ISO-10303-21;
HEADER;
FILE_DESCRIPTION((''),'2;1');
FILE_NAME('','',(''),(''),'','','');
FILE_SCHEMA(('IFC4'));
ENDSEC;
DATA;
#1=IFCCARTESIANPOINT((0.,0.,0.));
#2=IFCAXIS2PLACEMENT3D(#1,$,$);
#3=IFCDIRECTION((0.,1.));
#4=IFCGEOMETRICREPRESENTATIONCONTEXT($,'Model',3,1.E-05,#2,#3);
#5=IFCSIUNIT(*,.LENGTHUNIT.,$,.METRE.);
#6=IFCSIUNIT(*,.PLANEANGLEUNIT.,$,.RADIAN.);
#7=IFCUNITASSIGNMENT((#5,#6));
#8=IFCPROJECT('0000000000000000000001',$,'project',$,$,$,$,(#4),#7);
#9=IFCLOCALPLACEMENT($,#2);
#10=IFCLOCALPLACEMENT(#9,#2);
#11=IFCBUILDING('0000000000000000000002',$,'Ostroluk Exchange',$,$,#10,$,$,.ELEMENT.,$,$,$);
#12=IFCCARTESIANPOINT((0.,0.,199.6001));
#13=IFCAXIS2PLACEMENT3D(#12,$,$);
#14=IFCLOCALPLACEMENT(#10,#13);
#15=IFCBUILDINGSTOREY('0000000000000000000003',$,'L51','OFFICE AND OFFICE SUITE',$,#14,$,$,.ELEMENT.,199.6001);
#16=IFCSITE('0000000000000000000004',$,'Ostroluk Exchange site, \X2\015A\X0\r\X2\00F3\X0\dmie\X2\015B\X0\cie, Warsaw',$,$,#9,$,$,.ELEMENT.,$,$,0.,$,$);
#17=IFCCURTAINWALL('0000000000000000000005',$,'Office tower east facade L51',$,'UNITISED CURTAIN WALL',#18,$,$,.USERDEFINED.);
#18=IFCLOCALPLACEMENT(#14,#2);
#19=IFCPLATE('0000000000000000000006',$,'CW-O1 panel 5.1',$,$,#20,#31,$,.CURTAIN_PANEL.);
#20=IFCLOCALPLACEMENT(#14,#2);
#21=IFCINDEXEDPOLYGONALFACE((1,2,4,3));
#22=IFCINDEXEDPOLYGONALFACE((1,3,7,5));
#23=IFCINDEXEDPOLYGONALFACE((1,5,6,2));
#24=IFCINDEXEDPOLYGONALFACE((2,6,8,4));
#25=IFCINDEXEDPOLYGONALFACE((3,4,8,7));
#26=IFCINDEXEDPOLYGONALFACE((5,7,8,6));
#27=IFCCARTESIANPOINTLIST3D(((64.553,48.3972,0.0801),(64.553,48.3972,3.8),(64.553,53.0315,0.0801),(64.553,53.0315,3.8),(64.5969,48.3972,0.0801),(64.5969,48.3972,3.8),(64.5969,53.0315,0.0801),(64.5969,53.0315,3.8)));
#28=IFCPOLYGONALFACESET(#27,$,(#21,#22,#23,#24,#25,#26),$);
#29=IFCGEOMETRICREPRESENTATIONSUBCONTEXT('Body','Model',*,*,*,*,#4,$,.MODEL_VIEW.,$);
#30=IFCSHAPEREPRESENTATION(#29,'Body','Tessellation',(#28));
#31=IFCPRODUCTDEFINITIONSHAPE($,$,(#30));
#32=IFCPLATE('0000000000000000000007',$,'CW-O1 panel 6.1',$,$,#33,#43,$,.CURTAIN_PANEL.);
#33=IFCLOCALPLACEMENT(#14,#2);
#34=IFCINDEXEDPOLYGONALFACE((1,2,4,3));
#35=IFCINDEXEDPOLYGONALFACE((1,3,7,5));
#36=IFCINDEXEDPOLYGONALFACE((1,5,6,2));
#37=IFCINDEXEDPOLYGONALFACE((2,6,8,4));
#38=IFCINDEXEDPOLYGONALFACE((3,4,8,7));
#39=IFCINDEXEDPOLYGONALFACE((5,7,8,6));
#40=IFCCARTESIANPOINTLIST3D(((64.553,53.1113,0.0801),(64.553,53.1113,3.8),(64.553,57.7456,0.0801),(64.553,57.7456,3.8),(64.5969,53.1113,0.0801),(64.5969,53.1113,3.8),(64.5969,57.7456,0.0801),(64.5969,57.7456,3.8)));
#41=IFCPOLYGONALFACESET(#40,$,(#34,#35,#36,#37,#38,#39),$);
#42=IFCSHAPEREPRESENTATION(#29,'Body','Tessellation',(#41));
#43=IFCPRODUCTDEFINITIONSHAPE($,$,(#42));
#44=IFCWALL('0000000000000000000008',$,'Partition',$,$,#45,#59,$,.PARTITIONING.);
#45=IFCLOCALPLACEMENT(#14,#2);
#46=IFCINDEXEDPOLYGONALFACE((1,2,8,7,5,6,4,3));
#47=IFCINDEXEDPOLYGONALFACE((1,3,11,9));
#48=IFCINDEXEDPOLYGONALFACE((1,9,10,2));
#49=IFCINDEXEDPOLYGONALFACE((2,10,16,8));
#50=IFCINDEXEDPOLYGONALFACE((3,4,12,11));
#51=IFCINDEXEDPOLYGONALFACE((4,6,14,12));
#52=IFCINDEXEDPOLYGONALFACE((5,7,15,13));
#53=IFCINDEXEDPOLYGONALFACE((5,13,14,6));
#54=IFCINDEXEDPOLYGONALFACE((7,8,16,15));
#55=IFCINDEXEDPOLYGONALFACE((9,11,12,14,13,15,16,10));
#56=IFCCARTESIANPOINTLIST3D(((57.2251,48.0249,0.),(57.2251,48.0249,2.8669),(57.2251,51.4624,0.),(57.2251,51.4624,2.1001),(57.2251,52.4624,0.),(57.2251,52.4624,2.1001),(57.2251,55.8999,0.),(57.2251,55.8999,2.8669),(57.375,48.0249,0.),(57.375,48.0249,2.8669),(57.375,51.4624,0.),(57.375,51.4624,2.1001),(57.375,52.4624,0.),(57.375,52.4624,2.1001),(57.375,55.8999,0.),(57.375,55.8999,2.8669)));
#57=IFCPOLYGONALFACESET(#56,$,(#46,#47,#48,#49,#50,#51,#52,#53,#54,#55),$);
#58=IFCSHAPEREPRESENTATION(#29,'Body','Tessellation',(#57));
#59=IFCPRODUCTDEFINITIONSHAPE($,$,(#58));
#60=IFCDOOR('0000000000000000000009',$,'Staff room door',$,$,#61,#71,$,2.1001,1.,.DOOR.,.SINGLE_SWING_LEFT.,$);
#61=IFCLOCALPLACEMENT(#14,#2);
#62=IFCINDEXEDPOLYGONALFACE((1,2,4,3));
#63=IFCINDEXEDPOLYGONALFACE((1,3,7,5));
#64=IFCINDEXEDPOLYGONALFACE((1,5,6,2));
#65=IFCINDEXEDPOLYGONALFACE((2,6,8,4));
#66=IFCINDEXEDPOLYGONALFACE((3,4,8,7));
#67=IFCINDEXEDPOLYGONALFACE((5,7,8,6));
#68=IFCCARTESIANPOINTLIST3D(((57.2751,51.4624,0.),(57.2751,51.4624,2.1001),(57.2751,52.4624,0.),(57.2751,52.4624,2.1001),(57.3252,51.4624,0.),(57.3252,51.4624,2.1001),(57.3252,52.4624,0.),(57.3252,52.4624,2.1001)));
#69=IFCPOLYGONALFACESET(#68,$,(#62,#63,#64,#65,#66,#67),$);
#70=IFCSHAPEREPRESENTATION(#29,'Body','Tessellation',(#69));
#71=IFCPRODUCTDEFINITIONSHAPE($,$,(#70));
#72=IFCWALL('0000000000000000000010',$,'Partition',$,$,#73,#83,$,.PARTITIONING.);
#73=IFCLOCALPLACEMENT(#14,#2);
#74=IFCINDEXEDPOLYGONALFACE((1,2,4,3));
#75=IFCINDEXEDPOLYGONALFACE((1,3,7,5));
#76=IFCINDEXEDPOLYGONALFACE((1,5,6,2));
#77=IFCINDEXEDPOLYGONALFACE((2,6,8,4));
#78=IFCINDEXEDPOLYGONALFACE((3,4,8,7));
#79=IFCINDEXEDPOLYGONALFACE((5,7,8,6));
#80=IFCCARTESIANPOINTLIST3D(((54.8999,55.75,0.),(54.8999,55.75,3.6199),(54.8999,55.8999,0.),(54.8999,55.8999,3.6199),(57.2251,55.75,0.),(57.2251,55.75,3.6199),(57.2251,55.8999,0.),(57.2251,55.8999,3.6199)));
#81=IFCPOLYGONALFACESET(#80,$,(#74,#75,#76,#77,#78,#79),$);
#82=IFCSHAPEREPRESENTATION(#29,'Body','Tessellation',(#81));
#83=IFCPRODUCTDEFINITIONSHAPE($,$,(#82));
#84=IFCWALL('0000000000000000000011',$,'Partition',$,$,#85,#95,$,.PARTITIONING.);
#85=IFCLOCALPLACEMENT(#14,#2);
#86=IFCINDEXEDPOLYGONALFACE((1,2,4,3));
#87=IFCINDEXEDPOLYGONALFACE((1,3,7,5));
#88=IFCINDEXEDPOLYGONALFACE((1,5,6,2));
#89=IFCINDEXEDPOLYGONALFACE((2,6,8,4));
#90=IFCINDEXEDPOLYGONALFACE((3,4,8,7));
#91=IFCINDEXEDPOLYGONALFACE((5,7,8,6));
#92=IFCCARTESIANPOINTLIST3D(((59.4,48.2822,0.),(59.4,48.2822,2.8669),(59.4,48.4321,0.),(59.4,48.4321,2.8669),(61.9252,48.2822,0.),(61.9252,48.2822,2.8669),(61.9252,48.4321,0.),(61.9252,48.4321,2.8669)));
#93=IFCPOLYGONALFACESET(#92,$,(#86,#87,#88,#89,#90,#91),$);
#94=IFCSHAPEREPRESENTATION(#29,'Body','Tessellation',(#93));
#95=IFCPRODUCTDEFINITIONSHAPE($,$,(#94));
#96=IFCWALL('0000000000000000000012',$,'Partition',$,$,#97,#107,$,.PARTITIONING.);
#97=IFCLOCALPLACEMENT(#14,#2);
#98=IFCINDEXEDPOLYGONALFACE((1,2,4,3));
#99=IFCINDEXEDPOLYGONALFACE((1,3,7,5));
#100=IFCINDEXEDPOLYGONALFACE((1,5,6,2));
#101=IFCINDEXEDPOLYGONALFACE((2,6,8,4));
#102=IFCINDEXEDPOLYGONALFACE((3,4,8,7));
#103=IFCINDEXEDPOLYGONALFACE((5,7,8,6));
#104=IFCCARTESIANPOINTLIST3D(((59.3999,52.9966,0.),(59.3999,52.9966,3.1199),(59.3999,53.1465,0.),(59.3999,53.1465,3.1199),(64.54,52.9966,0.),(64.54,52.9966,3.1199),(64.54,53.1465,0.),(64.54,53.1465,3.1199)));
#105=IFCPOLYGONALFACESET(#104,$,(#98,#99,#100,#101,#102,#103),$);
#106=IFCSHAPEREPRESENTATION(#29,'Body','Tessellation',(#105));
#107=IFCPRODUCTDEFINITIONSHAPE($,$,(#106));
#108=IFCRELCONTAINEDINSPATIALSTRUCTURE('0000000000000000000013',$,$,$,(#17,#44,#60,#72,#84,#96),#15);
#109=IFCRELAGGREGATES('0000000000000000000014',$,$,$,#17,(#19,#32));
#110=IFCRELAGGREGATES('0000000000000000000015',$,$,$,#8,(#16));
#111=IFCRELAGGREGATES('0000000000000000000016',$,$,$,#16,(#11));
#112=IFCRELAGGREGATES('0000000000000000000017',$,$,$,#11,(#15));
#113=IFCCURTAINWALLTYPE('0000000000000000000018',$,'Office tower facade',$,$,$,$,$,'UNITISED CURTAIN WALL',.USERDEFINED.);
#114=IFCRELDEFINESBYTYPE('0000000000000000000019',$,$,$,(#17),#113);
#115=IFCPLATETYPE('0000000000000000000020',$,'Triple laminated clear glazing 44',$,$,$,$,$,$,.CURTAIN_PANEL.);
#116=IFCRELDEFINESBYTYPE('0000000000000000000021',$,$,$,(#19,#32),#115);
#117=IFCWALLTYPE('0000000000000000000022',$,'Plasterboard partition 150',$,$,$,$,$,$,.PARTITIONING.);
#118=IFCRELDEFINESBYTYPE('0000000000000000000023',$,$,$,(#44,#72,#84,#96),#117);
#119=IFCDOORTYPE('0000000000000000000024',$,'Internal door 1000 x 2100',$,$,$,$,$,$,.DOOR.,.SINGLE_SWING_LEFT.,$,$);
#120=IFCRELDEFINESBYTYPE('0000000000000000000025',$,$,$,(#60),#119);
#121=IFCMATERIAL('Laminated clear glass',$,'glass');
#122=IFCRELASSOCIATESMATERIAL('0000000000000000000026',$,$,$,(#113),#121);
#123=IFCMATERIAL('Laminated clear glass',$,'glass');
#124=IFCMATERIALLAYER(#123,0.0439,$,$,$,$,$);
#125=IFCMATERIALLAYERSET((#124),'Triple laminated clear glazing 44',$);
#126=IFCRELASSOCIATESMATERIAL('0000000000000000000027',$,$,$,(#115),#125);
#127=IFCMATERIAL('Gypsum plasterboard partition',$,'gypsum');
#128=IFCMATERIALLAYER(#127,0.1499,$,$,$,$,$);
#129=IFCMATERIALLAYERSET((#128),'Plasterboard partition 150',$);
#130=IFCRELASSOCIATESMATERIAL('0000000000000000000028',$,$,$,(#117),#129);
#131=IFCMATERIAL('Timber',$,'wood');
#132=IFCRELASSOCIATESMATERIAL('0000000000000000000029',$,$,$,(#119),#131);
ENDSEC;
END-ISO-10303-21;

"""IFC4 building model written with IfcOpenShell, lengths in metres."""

from ifc_helpers import new_model, si_unit, direction, frame, frame_2d, origin, origin_2d, place, context, subcontext, project, spatial, rectangle, extrude, material, layer, layer_set, type_object, element, fill, aggregate, save


model = new_model("IFC4")

# Units and contexts
model_context = context("Model", 3, precision=1e-05, world=origin(), true_north=direction((0.0, 1.0)))
body_context = subcontext(model_context, "Body", "Model", "MODEL_VIEW")
ifc_project = project(units=[si_unit("LENGTHUNIT", "METRE"), si_unit("PLANEANGLEUNIT", "RADIAN")], contexts=[model_context])

# Site, building, storey
site_placement = place(None, origin())
site = spatial("IfcSite", under=ifc_project, at=site_placement, Name="Ostroluk Exchange site, Śródmieście, Warsaw", CompositionType="ELEMENT", RefElevation=0.0)
building_placement = place(site_placement, origin())
building = spatial("IfcBuilding", under=site, at=building_placement, Name="Ostroluk Exchange", CompositionType="ELEMENT")
storey_placement = place(building_placement, frame((0.0, 0.0, 199.6001)))
storey = spatial("IfcBuildingStorey", under=building, at=storey_placement, Name="L51", Description="OFFICE AND OFFICE SUITE", CompositionType="ELEMENT", Elevation=199.6001)

# Curtain wall, plates
ifc_material_1 = material(Name="Laminated clear glass", Category="glass")
curtain_wall_type = type_object("IfcCurtainWallType", Name="Office tower facade", ElementType="UNITISED CURTAIN WALL", PredefinedType="USERDEFINED", material=ifc_material_1)
curtain_wall_placement = place(storey_placement, origin())
curtain_wall = element("IfcCurtainWall", 1, at=curtain_wall_placement, inside=storey, type_object=curtain_wall_type, Name="Office tower east facade L51", ObjectType="UNITISED CURTAIN WALL", PredefinedType="USERDEFINED")
ifc_material_2 = material(Name="Laminated clear glass", Category="glass")
ifc_layer_1 = layer(ifc_material_2, 0.0439)
ifc_layer_set_1 = layer_set([ifc_layer_1], Name="Triple laminated clear glazing 44")
plate_type = type_object("IfcPlateType", Name="Triple laminated clear glazing 44", PredefinedType="CURTAIN_PANEL", material=ifc_layer_set_1)
plate_1_placement = place(storey_placement, frame((64.575, 50.7144, 0.0801), z_axis=(0.0, 0.0, 1.0), x_axis=(0.0, 1.0, 0.0)))
plate_1 = element("IfcPlate", 2, at=plate_1_placement, type_object=plate_type, Name="CW-O1 panel 5.1", PredefinedType="CURTAIN_PANEL", context=body_context, shape_type="SweptSolid", body=[
    extrude(rectangle(XDim=4.6343, YDim=0.0439, at=origin_2d()), origin(), (0.0, 0.0, 1.0), 3.72),
])
plate_2_placement = place(storey_placement, frame((64.575, 55.4285, 0.0801), z_axis=(0.0, 0.0, 1.0), x_axis=(0.0, 1.0, 0.0)))
plate_2 = element("IfcPlate", 3, at=plate_2_placement, type_object=plate_type, Name="CW-O1 panel 6.1", PredefinedType="CURTAIN_PANEL", context=body_context, shape_type="SweptSolid", body=[
    extrude(rectangle(XDim=4.6343, YDim=0.0439, at=origin_2d()), origin(), (0.0, 0.0, 1.0), 3.72),
])
aggregate(curtain_wall, [plate_1, plate_2])

# Wall, opening, door
ifc_material_3 = material(Name="Gypsum plasterboard partition", Category="gypsum")
ifc_layer_2 = layer(ifc_material_3, 0.1499)
ifc_layer_set_2 = layer_set([ifc_layer_2], Name="Plasterboard partition 150")
wall_type = type_object("IfcWallType", Name="Plasterboard partition 150", PredefinedType="PARTITIONING", material=ifc_layer_set_2)
wall_1_placement = place(storey_placement, frame((57.3, 48.0249, 0.0), z_axis=(0.0, 0.0, 1.0), x_axis=(0.0, 1.0, 0.0)))
wall_1 = element("IfcWall", 4, at=wall_1_placement, inside=storey, type_object=wall_type, Name="Partition", PredefinedType="PARTITIONING", context=body_context, shape_type="SweptSolid", body=[
    extrude(rectangle(XDim=7.875, YDim=0.1499, at=frame_2d((3.9375, 0.0))), origin(), (0.0, 0.0, 1.0), 2.8669),
])
opening_placement = place(wall_1_placement, frame((3.4375, 0.0, 0.0)))
opening = element("IfcOpeningElement", 5, at=opening_placement, cuts=wall_1, PredefinedType="OPENING", context=body_context, shape_type="SweptSolid", body=[
    extrude(rectangle(XDim=1.0, YDim=2.1001, at=frame_2d((0.5, 1.05))), frame((0.0, 0.085, 0.0), z_axis=(0.0, -1.0, 0.0), x_axis=(1.0, 0.0, 0.0)), (0.0, 0.0, 1.0), 0.1699),
])
ifc_material_4 = material(Name="Timber", Category="wood")
door_type = type_object("IfcDoorType", Name="Internal door 1000 x 2100", OperationType="SINGLE_SWING_LEFT", PredefinedType="DOOR", material=ifc_material_4)
door_placement = place(opening_placement, origin())
door = element("IfcDoor", 6, at=door_placement, inside=storey, type_object=door_type, Name="Staff room door", OperationType="SINGLE_SWING_LEFT", OverallHeight=2.1001, OverallWidth=1.0, PredefinedType="DOOR", context=body_context, shape_type="SweptSolid", body=[
    extrude(rectangle(XDim=1.0, YDim=2.1001, at=frame_2d((0.5, 1.05))), frame((0.0, 0.0249, 0.0), z_axis=(0.0, -1.0, 0.0), x_axis=(1.0, 0.0, 0.0)), (0.0, 0.0, 1.0), 0.05),
])
fill(opening, door)

# Walls
wall_2_placement = place(storey_placement, frame((54.8999, 55.825, 0.0), z_axis=(0.0, 0.0, 1.0), x_axis=(1.0, 0.0, 0.0)))
element("IfcWall", 7, at=wall_2_placement, inside=storey, type_object=wall_type, Name="Partition", PredefinedType="PARTITIONING", context=body_context, shape_type="SweptSolid", body=[
    extrude(rectangle(XDim=2.3252, YDim=0.1499, at=frame_2d((1.1626, 0.0))), origin(), (0.0, 0.0, 1.0), 3.6199),
])
wall_3_placement = place(storey_placement, frame((59.3999, 48.3572, 0.0), z_axis=(0.0, 0.0, 1.0), x_axis=(1.0, 0.0, 0.0)))
element("IfcWall", 8, at=wall_3_placement, inside=storey, type_object=wall_type, Name="Partition", PredefinedType="PARTITIONING", context=body_context, shape_type="SweptSolid", body=[
    extrude(rectangle(XDim=2.5251, YDim=0.1499, at=frame_2d((1.2627, 0.0))), origin(), (0.0, 0.0, 1.0), 2.8669),
])
wall_4_placement = place(storey_placement, frame((59.3999, 53.0715, 0.0), z_axis=(0.0, 0.0, 1.0), x_axis=(1.0, 0.0, 0.0)))
element("IfcWall", 9, at=wall_4_placement, inside=storey, type_object=wall_type, Name="Partition", PredefinedType="PARTITIONING", context=body_context, shape_type="SweptSolid", body=[
    extrude(rectangle(XDim=5.1401, YDim=0.1499, at=frame_2d((2.5701, 0.0))), origin(), (0.0, 0.0, 1.0), 3.1199),
])

save(model, "model.ifc")
